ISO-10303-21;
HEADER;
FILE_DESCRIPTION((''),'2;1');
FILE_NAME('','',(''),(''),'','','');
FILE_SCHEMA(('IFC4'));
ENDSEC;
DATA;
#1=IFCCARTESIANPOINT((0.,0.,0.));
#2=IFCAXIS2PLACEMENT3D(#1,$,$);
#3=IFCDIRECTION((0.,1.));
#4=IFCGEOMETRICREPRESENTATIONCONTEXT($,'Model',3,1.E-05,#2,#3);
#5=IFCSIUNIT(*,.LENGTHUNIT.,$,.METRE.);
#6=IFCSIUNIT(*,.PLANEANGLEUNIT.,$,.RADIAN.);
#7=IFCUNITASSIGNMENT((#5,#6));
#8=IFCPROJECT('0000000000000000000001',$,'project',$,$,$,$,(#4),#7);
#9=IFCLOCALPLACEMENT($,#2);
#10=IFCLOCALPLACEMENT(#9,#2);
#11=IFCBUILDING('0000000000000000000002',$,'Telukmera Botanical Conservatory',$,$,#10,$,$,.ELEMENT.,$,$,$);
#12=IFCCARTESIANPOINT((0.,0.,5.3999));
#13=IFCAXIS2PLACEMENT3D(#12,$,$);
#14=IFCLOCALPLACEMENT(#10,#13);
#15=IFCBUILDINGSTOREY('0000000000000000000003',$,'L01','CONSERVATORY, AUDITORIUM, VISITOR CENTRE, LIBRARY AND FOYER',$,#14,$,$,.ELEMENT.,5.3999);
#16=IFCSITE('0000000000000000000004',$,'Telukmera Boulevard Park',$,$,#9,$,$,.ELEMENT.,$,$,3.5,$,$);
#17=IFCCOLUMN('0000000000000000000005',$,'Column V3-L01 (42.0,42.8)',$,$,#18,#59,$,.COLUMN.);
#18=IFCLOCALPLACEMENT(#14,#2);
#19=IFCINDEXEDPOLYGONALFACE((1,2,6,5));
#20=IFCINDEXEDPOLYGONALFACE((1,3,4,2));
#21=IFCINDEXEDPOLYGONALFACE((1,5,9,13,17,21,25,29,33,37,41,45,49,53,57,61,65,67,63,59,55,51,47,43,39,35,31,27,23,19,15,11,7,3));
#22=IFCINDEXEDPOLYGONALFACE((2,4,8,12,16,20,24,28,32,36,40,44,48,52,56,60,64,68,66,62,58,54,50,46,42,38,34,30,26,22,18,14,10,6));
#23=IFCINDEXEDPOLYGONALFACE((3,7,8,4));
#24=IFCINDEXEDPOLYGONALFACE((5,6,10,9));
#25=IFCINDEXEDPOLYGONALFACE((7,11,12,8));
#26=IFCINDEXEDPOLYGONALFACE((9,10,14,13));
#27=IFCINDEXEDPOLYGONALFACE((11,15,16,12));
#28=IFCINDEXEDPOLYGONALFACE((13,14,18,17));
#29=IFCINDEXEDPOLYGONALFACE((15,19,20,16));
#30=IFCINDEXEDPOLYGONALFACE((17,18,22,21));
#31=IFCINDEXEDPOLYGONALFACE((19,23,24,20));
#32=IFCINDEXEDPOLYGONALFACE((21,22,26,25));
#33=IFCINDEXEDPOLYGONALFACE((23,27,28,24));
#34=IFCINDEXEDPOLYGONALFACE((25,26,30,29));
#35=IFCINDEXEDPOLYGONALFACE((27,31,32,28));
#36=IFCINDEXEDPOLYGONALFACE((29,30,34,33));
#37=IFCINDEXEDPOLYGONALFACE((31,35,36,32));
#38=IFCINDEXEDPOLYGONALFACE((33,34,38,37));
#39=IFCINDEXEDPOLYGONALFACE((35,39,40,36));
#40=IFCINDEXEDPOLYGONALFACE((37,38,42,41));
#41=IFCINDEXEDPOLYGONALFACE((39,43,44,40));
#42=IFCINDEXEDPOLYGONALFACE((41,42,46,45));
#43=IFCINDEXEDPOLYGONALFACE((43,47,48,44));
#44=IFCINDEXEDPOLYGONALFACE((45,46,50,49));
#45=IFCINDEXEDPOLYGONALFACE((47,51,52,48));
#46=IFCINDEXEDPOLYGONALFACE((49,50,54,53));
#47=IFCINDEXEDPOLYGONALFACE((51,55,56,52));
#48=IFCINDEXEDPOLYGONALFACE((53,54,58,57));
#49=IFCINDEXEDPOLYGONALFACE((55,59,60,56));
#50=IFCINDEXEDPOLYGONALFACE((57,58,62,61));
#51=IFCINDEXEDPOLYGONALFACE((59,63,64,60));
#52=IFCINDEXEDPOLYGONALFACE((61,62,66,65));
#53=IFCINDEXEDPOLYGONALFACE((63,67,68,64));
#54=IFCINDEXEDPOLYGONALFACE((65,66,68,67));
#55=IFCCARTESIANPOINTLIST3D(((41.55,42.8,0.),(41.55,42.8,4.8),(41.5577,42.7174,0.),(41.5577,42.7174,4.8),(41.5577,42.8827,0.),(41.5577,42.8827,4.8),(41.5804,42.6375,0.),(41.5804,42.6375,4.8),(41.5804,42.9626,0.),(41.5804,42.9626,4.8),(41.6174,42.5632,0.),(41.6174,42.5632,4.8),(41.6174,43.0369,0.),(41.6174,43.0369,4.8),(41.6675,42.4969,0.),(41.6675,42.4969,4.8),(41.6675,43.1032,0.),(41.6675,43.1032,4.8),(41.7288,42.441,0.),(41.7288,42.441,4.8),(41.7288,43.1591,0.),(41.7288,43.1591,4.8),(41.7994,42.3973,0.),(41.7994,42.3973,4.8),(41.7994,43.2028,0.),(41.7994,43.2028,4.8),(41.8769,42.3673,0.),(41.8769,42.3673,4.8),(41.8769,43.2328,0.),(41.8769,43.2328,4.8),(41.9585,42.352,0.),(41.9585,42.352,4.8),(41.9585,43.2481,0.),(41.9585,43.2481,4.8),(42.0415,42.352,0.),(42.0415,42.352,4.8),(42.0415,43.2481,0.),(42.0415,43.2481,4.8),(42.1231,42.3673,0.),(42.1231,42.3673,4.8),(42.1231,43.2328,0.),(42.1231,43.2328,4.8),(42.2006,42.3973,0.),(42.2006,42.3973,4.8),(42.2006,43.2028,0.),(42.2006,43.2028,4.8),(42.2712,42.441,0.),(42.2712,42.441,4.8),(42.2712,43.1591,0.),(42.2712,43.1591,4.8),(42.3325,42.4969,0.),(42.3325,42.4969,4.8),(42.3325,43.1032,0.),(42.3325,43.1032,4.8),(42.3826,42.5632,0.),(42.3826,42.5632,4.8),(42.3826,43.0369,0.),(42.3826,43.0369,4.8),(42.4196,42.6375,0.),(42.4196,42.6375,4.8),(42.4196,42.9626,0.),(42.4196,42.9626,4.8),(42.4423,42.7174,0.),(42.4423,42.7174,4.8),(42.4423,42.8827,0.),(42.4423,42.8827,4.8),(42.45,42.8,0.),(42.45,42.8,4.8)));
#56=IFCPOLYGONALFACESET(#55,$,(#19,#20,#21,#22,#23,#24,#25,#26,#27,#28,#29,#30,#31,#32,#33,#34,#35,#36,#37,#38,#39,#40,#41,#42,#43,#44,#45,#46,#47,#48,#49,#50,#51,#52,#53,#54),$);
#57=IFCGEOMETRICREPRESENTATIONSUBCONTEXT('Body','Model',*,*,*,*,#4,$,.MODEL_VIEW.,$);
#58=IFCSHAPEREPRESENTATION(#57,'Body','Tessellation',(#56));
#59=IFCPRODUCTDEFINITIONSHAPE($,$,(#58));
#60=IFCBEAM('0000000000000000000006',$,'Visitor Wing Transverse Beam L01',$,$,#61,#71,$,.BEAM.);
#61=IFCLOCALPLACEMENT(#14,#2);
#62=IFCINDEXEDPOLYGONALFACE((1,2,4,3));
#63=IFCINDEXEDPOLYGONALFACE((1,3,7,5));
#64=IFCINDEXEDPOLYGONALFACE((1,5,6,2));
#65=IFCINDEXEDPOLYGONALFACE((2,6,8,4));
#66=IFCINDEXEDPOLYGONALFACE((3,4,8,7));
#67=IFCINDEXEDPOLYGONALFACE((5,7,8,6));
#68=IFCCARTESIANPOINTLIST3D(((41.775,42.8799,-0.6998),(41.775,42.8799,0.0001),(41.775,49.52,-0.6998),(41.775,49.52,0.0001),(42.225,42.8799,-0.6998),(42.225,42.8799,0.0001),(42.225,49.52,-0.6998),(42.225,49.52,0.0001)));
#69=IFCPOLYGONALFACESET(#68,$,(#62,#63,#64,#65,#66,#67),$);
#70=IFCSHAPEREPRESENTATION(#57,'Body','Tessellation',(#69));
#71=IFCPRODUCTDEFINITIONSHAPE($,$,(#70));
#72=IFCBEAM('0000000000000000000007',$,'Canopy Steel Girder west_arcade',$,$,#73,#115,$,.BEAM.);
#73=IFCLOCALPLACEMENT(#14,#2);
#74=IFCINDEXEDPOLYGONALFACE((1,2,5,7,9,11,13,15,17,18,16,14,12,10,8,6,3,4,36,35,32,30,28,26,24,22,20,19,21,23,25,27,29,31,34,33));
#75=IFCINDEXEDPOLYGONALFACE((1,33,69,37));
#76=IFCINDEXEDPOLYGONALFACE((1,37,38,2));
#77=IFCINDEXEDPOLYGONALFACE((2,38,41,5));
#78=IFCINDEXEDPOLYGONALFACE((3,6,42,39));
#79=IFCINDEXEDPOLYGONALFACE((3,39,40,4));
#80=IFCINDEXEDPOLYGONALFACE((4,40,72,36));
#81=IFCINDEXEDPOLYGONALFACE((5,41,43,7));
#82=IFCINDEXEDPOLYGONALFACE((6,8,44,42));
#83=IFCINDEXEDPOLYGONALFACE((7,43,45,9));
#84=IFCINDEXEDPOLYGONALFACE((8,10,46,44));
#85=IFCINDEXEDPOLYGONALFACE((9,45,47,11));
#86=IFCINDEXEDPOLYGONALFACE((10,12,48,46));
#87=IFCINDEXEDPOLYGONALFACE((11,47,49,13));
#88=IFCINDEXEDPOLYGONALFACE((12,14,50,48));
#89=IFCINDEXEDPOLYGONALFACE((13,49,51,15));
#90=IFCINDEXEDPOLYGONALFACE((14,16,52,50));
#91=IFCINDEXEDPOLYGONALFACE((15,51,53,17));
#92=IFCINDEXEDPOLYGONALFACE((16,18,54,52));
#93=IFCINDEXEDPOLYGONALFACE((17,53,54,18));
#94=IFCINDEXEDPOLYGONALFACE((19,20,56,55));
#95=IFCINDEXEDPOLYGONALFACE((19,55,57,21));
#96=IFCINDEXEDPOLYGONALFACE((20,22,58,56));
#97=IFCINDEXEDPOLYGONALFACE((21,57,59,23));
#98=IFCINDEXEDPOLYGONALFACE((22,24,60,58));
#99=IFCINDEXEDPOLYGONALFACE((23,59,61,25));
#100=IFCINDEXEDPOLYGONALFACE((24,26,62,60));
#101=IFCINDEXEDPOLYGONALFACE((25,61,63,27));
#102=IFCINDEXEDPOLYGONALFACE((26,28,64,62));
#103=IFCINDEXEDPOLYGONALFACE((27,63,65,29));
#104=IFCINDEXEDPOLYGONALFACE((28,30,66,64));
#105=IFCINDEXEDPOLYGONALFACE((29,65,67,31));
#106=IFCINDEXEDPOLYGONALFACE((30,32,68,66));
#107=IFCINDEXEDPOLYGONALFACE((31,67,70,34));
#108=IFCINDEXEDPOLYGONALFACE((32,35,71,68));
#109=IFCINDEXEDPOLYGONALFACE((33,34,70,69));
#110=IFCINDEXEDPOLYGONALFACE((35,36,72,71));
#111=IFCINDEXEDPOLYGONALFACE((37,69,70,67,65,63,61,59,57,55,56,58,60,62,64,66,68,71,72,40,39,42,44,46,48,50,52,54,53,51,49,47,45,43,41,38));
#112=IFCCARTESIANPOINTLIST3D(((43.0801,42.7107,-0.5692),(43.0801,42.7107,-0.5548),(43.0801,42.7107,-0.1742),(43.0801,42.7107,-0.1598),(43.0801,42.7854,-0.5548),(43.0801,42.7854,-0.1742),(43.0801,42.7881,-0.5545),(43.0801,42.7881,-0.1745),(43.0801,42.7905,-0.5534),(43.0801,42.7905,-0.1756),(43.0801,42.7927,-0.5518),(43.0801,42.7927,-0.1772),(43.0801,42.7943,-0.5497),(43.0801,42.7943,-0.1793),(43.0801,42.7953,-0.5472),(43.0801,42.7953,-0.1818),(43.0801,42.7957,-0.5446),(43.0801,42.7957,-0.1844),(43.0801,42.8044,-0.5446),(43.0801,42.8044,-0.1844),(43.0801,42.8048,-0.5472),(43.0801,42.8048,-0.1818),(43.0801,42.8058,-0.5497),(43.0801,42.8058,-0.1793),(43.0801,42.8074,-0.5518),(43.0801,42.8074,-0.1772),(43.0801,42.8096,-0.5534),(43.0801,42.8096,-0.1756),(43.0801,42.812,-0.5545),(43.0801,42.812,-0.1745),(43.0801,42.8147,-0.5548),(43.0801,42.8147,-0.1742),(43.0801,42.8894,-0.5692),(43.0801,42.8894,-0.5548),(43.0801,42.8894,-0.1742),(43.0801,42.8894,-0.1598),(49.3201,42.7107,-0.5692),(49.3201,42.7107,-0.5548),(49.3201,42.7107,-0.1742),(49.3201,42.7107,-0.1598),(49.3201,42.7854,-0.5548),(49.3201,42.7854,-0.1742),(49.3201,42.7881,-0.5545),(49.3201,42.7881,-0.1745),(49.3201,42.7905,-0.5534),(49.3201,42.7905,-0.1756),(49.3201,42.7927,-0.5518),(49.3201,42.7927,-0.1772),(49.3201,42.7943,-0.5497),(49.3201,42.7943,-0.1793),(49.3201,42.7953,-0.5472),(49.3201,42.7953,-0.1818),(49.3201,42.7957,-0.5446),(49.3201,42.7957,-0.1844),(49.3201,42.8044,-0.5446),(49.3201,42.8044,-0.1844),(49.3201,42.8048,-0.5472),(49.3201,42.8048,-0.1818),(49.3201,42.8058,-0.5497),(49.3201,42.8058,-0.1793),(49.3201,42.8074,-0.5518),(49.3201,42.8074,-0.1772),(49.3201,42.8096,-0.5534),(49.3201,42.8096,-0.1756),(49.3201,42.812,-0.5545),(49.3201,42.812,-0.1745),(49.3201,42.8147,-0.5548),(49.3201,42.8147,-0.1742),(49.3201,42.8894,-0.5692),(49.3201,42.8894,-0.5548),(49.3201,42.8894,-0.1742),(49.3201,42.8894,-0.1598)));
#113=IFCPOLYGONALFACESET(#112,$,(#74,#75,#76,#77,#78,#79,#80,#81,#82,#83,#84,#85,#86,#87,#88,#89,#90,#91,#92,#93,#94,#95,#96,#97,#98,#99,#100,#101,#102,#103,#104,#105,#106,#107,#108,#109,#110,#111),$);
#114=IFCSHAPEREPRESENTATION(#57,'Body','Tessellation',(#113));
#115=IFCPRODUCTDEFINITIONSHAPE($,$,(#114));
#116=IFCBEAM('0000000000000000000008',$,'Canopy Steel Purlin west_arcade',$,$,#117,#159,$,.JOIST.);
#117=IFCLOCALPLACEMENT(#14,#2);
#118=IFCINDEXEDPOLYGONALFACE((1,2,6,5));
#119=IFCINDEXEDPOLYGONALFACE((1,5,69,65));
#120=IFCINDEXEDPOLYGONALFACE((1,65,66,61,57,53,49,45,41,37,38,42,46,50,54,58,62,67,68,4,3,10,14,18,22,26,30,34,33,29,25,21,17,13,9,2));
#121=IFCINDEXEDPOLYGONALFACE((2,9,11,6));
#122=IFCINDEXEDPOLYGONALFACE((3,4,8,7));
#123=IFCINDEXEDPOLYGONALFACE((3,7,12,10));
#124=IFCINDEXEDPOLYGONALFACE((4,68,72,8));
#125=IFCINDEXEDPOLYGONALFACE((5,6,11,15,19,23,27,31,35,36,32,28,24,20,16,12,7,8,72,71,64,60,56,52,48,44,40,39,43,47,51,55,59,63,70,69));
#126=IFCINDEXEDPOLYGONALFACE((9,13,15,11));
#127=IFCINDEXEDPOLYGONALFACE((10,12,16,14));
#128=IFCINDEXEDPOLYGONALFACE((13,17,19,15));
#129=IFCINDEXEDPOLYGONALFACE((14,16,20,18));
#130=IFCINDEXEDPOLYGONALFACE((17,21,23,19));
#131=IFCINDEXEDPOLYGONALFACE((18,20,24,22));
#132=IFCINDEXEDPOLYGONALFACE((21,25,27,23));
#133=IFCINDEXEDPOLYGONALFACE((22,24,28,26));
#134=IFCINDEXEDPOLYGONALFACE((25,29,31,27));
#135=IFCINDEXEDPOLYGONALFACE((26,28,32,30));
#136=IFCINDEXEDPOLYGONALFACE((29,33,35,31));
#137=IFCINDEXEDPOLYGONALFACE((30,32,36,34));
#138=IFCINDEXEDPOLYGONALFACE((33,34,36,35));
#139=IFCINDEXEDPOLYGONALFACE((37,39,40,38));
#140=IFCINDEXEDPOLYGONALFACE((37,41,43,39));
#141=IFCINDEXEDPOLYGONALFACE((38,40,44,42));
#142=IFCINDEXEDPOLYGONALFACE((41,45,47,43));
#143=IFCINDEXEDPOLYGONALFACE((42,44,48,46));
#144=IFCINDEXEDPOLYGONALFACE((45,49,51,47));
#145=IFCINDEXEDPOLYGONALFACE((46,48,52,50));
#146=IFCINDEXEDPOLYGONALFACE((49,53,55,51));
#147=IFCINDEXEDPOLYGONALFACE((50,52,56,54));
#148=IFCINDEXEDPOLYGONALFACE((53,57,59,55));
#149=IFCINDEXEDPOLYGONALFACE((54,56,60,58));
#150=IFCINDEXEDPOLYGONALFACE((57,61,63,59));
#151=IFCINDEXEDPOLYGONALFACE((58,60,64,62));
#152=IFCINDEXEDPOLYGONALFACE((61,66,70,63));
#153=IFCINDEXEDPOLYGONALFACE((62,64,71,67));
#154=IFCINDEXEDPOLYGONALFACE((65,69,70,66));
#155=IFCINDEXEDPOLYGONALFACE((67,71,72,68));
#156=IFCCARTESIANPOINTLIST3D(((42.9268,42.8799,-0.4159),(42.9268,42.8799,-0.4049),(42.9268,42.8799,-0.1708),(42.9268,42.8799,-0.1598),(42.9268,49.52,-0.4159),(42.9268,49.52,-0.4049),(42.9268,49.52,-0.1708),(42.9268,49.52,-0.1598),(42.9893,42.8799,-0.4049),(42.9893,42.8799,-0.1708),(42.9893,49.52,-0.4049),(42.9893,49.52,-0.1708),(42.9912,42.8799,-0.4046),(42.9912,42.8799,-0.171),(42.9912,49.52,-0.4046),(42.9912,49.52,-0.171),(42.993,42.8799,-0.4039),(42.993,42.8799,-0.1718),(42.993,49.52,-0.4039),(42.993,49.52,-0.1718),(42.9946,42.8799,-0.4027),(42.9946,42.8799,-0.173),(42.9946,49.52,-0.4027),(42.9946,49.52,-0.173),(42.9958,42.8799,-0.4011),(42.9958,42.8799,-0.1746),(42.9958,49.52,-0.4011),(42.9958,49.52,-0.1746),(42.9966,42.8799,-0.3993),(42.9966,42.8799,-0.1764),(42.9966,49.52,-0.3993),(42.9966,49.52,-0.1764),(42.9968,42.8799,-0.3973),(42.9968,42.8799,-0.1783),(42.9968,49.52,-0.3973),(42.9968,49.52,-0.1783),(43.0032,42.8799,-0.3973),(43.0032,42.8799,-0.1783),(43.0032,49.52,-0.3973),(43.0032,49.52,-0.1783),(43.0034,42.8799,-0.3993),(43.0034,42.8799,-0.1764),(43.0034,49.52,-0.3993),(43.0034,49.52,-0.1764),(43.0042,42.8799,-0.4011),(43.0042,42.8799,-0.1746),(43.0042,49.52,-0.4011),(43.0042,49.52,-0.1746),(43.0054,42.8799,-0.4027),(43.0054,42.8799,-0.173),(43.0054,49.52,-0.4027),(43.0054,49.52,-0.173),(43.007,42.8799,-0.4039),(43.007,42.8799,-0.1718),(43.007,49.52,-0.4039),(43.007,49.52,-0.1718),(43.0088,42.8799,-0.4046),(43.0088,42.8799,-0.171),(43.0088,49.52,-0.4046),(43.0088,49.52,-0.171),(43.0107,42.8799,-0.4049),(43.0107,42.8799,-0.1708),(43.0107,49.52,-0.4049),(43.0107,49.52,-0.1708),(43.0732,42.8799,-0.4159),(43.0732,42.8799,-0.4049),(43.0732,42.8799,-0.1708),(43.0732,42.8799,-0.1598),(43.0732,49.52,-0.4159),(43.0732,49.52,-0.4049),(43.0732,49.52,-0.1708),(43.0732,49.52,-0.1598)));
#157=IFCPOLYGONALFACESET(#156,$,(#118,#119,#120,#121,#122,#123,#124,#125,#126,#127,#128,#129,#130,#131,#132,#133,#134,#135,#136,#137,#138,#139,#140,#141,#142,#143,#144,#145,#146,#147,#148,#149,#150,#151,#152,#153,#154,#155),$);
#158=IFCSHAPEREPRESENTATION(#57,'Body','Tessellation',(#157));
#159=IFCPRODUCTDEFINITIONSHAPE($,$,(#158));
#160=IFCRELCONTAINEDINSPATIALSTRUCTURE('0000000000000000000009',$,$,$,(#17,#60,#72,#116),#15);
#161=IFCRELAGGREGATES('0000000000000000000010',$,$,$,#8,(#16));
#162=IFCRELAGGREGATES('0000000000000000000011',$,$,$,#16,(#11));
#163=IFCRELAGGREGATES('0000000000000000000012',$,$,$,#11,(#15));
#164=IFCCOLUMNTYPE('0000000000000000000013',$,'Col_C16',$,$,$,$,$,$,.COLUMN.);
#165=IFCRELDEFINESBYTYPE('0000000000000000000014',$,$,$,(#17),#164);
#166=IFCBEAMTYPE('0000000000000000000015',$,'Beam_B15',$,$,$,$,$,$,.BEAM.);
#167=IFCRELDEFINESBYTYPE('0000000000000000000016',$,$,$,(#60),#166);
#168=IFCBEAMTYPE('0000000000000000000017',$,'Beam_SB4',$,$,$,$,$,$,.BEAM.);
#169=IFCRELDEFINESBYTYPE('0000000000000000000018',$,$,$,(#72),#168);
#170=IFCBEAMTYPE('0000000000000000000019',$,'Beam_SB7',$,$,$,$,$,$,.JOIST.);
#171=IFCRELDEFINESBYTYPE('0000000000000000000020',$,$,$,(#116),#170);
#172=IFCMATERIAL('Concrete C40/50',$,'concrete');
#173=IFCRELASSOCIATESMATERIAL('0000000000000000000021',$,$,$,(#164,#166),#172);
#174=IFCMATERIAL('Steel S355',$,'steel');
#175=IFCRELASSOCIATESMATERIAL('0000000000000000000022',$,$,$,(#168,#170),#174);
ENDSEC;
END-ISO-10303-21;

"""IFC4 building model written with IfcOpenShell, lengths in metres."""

from ifc_helpers import new_model, si_unit, direction, frame, origin, origin_2d, place, context, subcontext, project, spatial, rectangle, circle, i_section, extrude, material, material_profile, profile_set, type_object, element, save


model = new_model("IFC4")

# Units and contexts
model_context = context("Model", 3, precision=1e-05, world=origin(), true_north=direction((0.0, 1.0)))
body_context = subcontext(model_context, "Body", "Model", "MODEL_VIEW")
ifc_project = project(units=[si_unit("LENGTHUNIT", "METRE"), si_unit("PLANEANGLEUNIT", "RADIAN")], contexts=[model_context])

# Site, building, storey
site_placement = place(None, origin())
site = spatial("IfcSite", under=ifc_project, at=site_placement, Name="Telukmera Boulevard Park", CompositionType="ELEMENT", RefElevation=3.5)
building_placement = place(site_placement, origin())
building = spatial("IfcBuilding", under=site, at=building_placement, Name="Telukmera Botanical Conservatory", CompositionType="ELEMENT")
storey_placement = place(building_placement, frame((0.0, 0.0, 5.3999)))
storey = spatial("IfcBuildingStorey", under=building, at=storey_placement, Name="L01", Description="CONSERVATORY, AUDITORIUM, VISITOR CENTRE, LIBRARY AND FOYER", CompositionType="ELEMENT", Elevation=5.3999)

# Column
ifc_material_1 = material(Name="Concrete C40/50", Category="concrete")
ifc_material_profile_1 = material_profile(ifc_material_1, circle(Radius=0.45, at=origin_2d()), Name="RC D900")
ifc_profile_set_1 = profile_set([ifc_material_profile_1], Name="Concrete C40/50")
column_type = type_object("IfcColumnType", Name="Col_C16", PredefinedType="COLUMN", material=ifc_profile_set_1)
column_placement = place(storey_placement, frame((42.0, 42.8, 0.0), z_axis=(0.0, 0.0, 1.0), x_axis=(1.0, 0.0, 0.0)))
element("IfcColumn", 1, at=column_placement, inside=storey, type_object=column_type, Name="Column V3-L01 (42.0,42.8)", PredefinedType="COLUMN", context=body_context, shape_type="SweptSolid", body=[
    extrude(circle(Radius=0.45, at=origin_2d()), origin(), (0.0, 0.0, 1.0), 4.8),
])

# Beams
ifc_material_profile_2 = material_profile(ifc_material_1, rectangle(XDim=0.45, YDim=0.7, at=origin_2d()), Name="RC 450x700")
ifc_profile_set_2 = profile_set([ifc_material_profile_2], Name="Concrete C40/50")
beam_type_1 = type_object("IfcBeamType", Name="Beam_B15", PredefinedType="BEAM", material=ifc_profile_set_2)
beam_1_placement = place(storey_placement, frame((42.0, 42.8799, -0.3499), z_axis=(0.0, 1.0, 0.0), x_axis=(-1.0, 0.0, 0.0)))
element("IfcBeam", 2, at=beam_1_placement, inside=storey, type_object=beam_type_1, Name="Visitor Wing Transverse Beam L01", PredefinedType="BEAM", context=body_context, shape_type="SweptSolid", body=[
    extrude(rectangle(XDim=0.45, YDim=0.7, at=origin_2d()), origin(), (0.0, 0.0, 1.0), 6.6401),
])
ifc_material_2 = material(Name="Steel S355", Category="steel")
ifc_material_profile_3 = material_profile(ifc_material_2, i_section(OverallWidth=0.1787, OverallDepth=0.4094, WebThickness=0.0088, FlangeThickness=0.0144, FilletRadius=0.0103, at=origin_2d()), Name="UB 406x178x67")
ifc_profile_set_3 = profile_set([ifc_material_profile_3], Name="Steel S355")
beam_type_2 = type_object("IfcBeamType", Name="Beam_SB4", PredefinedType="BEAM", material=ifc_profile_set_3)
beam_2_placement = place(storey_placement, frame((43.0801, 42.8, -0.3645), z_axis=(1.0, 0.0, 0.0), x_axis=(0.0, 1.0, 0.0)))
element("IfcBeam", 3, at=beam_2_placement, inside=storey, type_object=beam_type_2, Name="Canopy Steel Girder west_arcade", PredefinedType="BEAM", context=body_context, shape_type="SweptSolid", body=[
    extrude(i_section(OverallWidth=0.1787, OverallDepth=0.4094, WebThickness=0.0088, FlangeThickness=0.0144, FilletRadius=0.0103, at=origin_2d()), origin(), (0.0, 0.0, 1.0), 6.24),
])
ifc_material_profile_4 = material_profile(ifc_material_2, i_section(OverallWidth=0.1465, OverallDepth=0.2561, WebThickness=0.0063, FlangeThickness=0.011, FilletRadius=0.0076, at=origin_2d()), Name="UB 254x146x37")
ifc_profile_set_4 = profile_set([ifc_material_profile_4], Name="Steel S355")
beam_type_3 = type_object("IfcBeamType", Name="Beam_SB7", PredefinedType="JOIST", material=ifc_profile_set_4)
for number, where, z_axis, x_axis, name in (
    (4, (43.0, 42.8799, -0.2878), (0.0, 1.0, 0.0), (-1.0, 0.0, 0.0), "Canopy Steel Purlin west_arcade"),
):
    element("IfcBeam", number, at=place(storey_placement, frame(where, z_axis=z_axis, x_axis=x_axis)), inside=storey, type_object=beam_type_3, Name=name, PredefinedType="JOIST", context=body_context, shape_type="SweptSolid", body=[
        extrude(i_section(OverallWidth=0.1465, OverallDepth=0.2561, WebThickness=0.0063, FlangeThickness=0.011, FilletRadius=0.0076, at=origin_2d()), origin(), (0.0, 0.0, 1.0), 6.6401),
    ])

save(model, "model.ifc")
